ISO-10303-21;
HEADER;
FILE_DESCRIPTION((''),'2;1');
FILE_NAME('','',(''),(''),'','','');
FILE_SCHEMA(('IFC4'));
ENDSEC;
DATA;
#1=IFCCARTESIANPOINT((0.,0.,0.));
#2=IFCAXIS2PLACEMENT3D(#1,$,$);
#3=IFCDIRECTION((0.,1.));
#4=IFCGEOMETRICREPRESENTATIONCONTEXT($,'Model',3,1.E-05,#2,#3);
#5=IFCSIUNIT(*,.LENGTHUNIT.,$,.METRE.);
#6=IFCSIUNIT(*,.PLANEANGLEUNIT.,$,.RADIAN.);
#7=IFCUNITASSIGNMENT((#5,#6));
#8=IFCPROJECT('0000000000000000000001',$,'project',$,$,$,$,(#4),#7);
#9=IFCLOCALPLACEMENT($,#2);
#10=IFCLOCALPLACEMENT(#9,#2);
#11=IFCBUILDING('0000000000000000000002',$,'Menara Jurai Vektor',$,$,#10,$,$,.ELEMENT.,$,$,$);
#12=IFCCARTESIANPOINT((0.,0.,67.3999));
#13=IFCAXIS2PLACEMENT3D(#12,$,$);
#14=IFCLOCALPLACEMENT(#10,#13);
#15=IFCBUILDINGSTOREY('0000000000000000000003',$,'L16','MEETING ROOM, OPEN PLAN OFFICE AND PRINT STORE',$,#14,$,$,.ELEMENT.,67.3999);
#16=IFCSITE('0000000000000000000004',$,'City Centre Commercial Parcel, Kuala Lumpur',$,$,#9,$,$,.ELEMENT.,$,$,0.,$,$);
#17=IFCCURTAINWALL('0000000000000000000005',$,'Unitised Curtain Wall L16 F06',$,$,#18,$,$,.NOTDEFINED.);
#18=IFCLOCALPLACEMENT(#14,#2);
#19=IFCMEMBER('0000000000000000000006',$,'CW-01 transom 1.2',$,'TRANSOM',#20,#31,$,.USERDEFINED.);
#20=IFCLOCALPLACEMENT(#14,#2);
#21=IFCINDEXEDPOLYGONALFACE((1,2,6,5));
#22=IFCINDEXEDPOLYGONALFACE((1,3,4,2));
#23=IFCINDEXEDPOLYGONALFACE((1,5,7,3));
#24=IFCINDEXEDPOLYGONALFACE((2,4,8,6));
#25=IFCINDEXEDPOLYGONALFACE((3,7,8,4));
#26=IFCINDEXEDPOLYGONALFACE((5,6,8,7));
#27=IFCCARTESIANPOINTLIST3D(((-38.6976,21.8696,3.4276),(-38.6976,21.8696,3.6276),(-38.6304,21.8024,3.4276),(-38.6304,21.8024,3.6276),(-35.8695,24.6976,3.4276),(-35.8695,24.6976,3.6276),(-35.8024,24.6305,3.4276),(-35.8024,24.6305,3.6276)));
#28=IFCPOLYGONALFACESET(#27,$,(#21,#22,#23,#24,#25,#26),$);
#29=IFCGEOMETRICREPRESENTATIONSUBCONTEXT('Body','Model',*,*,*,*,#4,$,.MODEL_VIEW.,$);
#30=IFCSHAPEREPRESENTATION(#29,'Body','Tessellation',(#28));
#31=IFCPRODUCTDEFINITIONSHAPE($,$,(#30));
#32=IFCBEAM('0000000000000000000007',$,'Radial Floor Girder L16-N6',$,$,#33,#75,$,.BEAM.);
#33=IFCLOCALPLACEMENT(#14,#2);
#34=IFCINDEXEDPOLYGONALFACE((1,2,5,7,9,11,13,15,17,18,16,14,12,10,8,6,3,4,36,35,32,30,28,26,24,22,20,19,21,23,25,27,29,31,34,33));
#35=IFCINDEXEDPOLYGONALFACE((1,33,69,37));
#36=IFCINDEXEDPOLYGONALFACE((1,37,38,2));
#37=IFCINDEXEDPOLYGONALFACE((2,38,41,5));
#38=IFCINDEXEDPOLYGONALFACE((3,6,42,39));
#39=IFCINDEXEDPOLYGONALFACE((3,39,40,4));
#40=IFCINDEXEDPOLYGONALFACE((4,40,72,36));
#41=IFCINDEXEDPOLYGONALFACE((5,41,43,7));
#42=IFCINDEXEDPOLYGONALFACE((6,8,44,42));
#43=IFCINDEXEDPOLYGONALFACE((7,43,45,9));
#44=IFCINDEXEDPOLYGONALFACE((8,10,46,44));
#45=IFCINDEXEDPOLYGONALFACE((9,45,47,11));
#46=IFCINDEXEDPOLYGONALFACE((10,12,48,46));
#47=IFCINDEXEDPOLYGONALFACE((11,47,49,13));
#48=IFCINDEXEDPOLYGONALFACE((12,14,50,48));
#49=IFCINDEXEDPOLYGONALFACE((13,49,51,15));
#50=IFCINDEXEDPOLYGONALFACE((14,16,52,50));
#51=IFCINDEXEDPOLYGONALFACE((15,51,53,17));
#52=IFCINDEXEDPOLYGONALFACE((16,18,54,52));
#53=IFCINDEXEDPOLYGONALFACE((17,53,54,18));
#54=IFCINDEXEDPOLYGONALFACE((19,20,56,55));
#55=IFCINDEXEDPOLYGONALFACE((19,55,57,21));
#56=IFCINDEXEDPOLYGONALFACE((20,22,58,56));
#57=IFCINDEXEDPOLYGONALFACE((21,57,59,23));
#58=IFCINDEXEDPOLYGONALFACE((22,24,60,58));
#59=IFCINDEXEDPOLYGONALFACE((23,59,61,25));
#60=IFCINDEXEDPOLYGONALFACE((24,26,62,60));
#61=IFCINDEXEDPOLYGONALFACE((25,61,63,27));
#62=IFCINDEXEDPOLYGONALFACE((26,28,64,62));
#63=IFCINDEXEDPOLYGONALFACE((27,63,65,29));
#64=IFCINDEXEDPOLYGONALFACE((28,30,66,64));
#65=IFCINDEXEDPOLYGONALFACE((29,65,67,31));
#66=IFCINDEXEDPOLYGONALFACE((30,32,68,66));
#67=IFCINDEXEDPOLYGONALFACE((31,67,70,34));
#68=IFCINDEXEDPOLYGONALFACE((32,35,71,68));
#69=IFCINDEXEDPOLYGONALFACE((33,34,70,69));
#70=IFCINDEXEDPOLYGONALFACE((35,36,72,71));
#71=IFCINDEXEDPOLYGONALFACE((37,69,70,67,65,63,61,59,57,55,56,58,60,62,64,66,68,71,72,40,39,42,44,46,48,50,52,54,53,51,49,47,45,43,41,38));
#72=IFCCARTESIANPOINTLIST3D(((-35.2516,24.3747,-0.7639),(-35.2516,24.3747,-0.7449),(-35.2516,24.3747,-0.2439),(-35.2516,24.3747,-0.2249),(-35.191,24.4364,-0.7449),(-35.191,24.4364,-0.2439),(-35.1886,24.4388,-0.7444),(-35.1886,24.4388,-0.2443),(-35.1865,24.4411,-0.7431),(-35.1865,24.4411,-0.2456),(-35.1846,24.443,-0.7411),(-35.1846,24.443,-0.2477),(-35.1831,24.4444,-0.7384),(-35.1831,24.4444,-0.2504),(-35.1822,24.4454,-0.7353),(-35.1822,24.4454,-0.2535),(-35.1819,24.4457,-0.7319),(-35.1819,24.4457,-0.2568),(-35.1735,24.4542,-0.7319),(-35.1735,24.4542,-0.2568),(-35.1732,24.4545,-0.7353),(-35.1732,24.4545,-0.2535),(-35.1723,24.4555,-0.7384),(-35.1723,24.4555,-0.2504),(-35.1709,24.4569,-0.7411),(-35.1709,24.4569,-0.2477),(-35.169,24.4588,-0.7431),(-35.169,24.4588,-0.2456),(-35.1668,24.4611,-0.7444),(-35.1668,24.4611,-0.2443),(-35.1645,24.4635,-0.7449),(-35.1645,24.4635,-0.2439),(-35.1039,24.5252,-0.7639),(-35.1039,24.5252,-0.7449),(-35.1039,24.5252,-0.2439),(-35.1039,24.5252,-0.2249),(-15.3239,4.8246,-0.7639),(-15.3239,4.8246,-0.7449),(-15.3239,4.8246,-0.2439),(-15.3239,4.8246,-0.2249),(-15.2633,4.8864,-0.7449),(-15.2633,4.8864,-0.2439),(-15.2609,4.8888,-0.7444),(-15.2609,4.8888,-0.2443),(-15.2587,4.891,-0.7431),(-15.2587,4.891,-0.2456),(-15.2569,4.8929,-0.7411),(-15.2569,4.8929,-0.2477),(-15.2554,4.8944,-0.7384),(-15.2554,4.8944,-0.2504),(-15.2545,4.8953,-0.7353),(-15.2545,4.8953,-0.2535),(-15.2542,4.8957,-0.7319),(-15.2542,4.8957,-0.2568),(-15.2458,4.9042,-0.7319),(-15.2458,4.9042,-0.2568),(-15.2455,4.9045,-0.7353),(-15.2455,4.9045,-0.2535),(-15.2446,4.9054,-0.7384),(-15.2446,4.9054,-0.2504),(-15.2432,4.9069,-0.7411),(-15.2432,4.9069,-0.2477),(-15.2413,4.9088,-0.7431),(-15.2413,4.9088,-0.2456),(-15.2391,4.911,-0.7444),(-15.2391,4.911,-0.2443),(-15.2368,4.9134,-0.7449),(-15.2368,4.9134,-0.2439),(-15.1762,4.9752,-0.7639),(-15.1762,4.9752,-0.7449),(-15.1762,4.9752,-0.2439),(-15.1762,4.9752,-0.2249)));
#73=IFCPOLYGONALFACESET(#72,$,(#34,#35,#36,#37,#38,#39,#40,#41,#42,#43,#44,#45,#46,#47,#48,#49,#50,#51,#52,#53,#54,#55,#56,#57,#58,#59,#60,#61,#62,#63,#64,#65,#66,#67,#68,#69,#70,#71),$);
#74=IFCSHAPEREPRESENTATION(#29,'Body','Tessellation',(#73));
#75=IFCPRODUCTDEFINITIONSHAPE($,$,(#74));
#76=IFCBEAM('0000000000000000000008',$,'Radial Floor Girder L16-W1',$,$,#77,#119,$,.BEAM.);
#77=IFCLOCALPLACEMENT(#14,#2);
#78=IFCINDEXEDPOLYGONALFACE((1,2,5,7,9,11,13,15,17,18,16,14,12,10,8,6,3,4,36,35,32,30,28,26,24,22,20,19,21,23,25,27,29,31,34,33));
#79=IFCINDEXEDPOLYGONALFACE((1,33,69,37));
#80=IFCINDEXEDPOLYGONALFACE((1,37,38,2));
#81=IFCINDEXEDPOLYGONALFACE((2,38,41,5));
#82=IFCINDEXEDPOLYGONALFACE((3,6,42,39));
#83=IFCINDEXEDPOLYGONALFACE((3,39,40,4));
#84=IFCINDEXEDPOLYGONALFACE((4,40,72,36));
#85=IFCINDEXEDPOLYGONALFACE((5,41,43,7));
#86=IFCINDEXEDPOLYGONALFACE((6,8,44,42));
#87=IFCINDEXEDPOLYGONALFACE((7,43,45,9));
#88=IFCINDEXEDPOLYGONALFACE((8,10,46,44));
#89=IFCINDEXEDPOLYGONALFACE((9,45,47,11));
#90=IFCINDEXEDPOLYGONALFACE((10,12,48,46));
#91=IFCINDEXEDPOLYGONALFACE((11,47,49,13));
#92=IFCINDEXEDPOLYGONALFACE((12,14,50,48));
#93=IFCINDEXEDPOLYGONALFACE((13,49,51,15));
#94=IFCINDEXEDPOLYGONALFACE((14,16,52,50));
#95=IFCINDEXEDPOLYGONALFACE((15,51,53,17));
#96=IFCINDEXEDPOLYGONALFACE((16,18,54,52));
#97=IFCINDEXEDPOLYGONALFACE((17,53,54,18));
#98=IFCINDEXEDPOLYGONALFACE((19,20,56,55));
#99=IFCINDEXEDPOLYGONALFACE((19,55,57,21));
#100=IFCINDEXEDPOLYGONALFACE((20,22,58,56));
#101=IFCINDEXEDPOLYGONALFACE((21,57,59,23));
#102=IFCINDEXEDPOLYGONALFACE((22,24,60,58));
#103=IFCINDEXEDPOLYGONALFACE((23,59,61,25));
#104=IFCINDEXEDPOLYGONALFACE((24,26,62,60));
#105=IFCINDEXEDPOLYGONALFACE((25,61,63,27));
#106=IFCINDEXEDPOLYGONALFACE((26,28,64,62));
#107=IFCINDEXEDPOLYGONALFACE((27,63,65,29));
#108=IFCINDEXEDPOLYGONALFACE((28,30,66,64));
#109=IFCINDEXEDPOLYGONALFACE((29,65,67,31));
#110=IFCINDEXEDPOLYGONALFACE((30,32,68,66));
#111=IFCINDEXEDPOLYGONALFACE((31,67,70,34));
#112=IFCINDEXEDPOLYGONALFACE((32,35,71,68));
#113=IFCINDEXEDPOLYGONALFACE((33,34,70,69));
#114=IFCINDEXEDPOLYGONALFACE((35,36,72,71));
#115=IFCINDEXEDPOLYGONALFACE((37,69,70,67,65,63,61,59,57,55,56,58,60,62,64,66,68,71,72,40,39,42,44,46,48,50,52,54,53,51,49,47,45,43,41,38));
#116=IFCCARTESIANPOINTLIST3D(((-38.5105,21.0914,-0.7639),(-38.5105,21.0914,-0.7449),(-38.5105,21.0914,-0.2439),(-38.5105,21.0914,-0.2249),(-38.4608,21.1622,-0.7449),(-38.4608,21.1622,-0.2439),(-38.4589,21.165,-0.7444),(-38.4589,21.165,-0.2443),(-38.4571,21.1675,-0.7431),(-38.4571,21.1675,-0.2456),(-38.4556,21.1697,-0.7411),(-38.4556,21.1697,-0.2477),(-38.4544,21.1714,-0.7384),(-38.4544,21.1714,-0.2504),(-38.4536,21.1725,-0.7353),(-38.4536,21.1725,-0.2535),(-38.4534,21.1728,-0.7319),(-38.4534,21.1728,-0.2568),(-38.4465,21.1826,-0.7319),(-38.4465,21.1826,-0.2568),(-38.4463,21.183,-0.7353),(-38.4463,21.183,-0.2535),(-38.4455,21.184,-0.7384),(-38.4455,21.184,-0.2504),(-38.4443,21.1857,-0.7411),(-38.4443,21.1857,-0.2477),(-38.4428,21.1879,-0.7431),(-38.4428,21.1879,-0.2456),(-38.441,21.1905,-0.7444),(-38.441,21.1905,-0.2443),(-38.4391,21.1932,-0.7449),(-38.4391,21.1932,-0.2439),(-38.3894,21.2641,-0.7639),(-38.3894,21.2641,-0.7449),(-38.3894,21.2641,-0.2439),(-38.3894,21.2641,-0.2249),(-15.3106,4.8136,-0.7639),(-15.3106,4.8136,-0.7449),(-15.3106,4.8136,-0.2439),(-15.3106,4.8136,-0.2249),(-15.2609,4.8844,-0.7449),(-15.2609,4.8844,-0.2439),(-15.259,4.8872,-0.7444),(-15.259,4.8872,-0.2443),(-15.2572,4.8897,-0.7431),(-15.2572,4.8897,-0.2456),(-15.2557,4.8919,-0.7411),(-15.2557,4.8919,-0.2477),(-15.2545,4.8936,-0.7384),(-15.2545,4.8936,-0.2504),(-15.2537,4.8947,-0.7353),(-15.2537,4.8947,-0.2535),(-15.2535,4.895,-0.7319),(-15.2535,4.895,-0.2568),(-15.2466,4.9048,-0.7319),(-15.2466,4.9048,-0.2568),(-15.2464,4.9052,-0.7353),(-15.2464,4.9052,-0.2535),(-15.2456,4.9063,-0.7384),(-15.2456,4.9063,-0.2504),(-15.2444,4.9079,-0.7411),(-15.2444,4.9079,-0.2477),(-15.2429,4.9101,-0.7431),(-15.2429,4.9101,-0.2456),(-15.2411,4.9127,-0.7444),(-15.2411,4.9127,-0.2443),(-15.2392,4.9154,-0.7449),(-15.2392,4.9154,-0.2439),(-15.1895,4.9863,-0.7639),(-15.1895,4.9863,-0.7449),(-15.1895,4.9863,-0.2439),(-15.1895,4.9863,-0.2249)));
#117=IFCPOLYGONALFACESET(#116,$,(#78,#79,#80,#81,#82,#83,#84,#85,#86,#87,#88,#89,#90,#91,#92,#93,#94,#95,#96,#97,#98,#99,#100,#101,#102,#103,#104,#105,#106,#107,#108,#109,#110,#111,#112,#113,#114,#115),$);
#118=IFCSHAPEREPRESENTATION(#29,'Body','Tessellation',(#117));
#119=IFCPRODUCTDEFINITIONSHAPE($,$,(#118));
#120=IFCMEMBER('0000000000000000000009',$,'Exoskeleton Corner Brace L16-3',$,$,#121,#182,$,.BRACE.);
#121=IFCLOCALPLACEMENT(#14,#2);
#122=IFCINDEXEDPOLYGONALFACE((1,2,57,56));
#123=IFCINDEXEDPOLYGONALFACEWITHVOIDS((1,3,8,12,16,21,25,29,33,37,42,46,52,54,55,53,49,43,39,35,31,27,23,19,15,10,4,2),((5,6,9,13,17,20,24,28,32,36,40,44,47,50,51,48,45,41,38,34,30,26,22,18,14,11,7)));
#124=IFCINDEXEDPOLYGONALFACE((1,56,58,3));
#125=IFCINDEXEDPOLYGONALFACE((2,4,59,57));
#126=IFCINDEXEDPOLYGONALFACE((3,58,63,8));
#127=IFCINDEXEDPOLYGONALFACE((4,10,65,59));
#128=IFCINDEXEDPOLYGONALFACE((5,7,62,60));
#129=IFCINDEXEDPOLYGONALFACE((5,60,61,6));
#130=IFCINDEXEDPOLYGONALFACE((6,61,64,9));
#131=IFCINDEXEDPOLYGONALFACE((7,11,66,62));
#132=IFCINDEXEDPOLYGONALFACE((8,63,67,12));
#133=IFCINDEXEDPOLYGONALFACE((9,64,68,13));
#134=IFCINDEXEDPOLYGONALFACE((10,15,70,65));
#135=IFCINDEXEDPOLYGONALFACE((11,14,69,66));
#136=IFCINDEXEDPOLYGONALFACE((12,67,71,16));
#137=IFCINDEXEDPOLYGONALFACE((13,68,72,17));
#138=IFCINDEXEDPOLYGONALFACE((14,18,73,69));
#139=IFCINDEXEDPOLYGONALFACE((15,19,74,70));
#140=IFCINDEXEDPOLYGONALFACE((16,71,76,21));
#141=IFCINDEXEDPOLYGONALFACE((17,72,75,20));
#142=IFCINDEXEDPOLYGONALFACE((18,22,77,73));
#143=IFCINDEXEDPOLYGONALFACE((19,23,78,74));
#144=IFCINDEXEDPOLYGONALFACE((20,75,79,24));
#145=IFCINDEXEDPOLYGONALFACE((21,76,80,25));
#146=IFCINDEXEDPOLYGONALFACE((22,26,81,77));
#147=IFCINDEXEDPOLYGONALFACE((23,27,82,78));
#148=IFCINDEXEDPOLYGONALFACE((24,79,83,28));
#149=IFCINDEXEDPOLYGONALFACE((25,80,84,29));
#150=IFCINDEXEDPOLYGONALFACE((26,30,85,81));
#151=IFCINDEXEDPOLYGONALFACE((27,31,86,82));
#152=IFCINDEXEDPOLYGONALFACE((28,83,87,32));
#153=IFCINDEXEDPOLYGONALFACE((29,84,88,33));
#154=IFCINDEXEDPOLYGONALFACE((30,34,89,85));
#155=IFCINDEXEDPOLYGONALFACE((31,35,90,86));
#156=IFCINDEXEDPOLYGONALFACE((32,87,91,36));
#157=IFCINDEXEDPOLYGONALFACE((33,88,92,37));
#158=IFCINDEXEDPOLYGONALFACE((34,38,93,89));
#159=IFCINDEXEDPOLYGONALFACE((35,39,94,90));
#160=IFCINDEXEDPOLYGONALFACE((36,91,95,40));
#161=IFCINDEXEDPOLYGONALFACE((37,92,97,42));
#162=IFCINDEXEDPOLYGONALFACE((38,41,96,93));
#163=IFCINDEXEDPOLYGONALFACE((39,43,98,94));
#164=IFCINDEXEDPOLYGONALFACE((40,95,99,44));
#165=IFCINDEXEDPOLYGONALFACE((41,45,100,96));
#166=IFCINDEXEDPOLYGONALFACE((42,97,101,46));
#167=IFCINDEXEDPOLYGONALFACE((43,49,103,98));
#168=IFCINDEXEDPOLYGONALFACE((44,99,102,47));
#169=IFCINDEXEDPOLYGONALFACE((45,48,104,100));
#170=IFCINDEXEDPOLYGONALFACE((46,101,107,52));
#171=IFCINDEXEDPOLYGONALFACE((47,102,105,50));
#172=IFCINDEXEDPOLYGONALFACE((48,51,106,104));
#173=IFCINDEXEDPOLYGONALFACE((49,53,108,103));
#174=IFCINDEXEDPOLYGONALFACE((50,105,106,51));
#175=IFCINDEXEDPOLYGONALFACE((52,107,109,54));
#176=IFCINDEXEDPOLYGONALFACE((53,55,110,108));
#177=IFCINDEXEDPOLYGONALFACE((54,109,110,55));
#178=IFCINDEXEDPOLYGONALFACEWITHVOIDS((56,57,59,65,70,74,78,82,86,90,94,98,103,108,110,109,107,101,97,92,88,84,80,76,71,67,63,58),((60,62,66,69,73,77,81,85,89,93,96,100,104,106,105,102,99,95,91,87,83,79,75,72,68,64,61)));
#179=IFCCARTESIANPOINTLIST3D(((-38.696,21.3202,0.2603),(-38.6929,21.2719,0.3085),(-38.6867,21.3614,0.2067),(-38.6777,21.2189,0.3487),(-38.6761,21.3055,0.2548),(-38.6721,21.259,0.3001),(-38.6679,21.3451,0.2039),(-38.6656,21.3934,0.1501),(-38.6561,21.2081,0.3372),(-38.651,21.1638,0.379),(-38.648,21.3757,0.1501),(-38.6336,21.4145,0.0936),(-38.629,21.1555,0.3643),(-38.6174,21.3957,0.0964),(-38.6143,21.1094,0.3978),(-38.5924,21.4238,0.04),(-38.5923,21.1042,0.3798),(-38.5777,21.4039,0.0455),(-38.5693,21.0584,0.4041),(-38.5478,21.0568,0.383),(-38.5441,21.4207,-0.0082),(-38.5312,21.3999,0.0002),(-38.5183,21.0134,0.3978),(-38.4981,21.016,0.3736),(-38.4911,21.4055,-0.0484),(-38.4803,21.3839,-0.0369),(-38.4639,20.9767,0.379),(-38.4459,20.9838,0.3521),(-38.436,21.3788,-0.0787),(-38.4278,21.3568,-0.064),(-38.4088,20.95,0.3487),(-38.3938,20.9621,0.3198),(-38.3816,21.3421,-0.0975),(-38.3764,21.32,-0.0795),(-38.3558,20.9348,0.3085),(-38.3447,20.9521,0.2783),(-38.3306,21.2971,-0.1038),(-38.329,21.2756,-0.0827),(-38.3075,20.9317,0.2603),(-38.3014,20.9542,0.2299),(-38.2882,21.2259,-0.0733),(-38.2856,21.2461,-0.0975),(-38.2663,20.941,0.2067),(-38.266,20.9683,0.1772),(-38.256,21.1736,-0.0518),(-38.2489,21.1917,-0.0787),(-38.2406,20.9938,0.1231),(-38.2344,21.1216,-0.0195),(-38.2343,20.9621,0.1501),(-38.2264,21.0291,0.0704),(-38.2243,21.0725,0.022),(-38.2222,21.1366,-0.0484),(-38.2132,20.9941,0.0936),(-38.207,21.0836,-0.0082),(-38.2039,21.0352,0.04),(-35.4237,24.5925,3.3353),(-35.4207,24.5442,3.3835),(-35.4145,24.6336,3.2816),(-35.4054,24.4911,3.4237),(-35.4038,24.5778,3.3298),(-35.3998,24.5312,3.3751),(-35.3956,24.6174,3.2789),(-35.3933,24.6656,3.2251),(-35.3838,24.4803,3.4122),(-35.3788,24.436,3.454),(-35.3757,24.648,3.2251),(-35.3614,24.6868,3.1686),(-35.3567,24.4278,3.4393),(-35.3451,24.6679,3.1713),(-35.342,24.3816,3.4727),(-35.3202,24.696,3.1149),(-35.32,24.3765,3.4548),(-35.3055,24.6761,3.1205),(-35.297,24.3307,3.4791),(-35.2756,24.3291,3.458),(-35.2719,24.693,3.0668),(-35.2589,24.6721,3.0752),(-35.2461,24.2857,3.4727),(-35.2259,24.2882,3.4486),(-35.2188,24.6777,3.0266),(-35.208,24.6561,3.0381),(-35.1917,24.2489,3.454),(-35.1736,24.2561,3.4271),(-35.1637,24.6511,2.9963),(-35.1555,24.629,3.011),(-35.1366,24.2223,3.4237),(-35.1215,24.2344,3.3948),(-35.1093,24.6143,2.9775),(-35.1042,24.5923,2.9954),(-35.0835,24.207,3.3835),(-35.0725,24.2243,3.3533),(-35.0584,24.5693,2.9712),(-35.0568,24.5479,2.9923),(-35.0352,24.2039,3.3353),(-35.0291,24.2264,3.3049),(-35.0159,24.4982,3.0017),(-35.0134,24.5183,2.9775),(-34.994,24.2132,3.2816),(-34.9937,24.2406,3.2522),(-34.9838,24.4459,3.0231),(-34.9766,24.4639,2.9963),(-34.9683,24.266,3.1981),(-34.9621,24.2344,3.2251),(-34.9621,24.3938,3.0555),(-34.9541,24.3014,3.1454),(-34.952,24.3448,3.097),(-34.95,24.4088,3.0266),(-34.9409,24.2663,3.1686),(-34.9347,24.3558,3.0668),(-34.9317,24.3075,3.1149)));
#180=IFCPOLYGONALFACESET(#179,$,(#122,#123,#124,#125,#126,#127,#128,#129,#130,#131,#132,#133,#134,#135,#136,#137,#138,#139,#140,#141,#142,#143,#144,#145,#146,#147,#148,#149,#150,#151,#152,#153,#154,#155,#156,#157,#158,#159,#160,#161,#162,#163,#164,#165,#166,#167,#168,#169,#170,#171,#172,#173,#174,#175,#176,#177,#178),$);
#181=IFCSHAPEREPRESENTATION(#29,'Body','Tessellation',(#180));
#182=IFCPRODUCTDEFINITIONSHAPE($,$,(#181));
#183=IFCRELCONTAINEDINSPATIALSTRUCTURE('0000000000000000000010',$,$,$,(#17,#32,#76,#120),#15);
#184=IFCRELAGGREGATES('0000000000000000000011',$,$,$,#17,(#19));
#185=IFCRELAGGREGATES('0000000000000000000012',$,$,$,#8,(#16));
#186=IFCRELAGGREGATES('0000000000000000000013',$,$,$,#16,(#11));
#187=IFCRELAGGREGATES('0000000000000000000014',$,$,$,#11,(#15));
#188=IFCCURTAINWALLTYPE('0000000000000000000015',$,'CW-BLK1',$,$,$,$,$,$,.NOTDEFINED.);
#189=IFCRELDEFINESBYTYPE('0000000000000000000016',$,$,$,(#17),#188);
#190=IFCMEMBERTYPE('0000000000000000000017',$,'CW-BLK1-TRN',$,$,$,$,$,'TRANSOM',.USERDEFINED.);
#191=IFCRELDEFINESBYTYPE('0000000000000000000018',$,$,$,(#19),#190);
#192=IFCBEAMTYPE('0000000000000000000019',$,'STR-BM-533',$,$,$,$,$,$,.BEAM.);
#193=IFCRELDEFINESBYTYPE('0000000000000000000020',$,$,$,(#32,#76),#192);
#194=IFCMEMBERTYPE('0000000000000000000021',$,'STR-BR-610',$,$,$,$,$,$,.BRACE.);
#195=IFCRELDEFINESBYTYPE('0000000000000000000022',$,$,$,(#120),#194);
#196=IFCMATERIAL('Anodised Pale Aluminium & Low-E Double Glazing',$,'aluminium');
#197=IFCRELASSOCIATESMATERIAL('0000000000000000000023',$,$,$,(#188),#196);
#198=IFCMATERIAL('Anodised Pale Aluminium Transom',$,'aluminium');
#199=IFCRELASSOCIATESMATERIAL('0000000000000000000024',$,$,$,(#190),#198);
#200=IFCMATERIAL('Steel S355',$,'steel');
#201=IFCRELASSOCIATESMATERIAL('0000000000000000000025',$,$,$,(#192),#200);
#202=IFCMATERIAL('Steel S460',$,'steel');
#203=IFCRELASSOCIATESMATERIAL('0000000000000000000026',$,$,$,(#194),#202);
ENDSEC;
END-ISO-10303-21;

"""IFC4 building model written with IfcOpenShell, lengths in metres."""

from ifc_helpers import new_model, si_unit, direction, frame, origin, origin_2d, place, context, subcontext, project, spatial, rectangle, hollow_circle, i_section, extrude, material, material_profile, profile_set, type_object, element, aggregate, save


model = new_model("IFC4")

# Units and contexts
model_context = context("Model", 3, precision=1e-05, world=origin(), true_north=direction((0.0, 1.0)))
body_context = subcontext(model_context, "Body", "Model", "MODEL_VIEW")
ifc_project = project(units=[si_unit("LENGTHUNIT", "METRE"), si_unit("PLANEANGLEUNIT", "RADIAN")], contexts=[model_context])

# Site, building, storey
site_placement = place(None, origin())
site = spatial("IfcSite", under=ifc_project, at=site_placement, Name="City Centre Commercial Parcel, Kuala Lumpur", CompositionType="ELEMENT", RefElevation=0.0)
building_placement = place(site_placement, origin())
building = spatial("IfcBuilding", under=site, at=building_placement, Name="Menara Jurai Vektor", CompositionType="ELEMENT")
storey_placement = place(building_placement, frame((0.0, 0.0, 67.3999)))
storey = spatial("IfcBuildingStorey", under=building, at=storey_placement, Name="L16", Description="MEETING ROOM, OPEN PLAN OFFICE AND PRINT STORE", CompositionType="ELEMENT", Elevation=67.3999)

# Shared definitions
ifc_material_1 = material(Name="Steel S460", Category="steel")

# Curtain wall
ifc_material_2 = material(Name="Anodised Pale Aluminium & Low-E Double Glazing", Category="aluminium")
curtain_wall_type = type_object("IfcCurtainWallType", Name="CW-BLK1", PredefinedType="NOTDEFINED", material=ifc_material_2)
curtain_wall_1_placement = place(storey_placement, origin())
curtain_wall_1 = element("IfcCurtainWall", 1, at=curtain_wall_1_placement, inside=storey, type_object=curtain_wall_type, Name="Unitised Curtain Wall L16 F06", PredefinedType="NOTDEFINED")

# Member
ifc_material_3 = material(Name="Anodised Pale Aluminium Transom", Category="aluminium")
ifc_material_profile_1 = material_profile(ifc_material_3, rectangle(XDim=0.095, YDim=0.2, at=origin_2d()), Name="ALU TRN 95x200")
ifc_profile_set_1 = profile_set([ifc_material_profile_1], Name="Anodised Pale Aluminium Transom")
member_type_1 = type_object("IfcMemberType", Name="CW-BLK1-TRN", ElementType="TRANSOM", PredefinedType="USERDEFINED", material=ifc_profile_set_1)
member_1_placement = place(storey_placement, frame((-35.8359, 24.6641, 3.5276), z_axis=(-0.707107, -0.707107, 0.0), x_axis=(0.707107, -0.707107, 0.0)))
member_1 = element("IfcMember", 2, at=member_1_placement, type_object=member_type_1, Name="CW-01 transom 1.2", ObjectType="TRANSOM", PredefinedType="USERDEFINED", context=body_context, shape_type="SweptSolid", body=[
    extrude(rectangle(XDim=0.095, YDim=0.2, at=origin_2d()), origin(), (0.0, 0.0, 1.0), 3.9995),
])

# Beams
ifc_material_4 = material(Name="Steel S355", Category="steel")
ifc_material_profile_2 = material_profile(ifc_material_4, i_section(OverallWidth=0.2109, OverallDepth=0.5391, WebThickness=0.012, FlangeThickness=0.019, FilletRadius=0.0129, at=origin_2d()), Name="UKB 533x210x109")
ifc_profile_set_2 = profile_set([ifc_material_profile_2], Name="Steel S355")
beam_type_1 = type_object("IfcBeamType", Name="STR-BM-533", PredefinedType="BEAM", material=ifc_profile_set_2)
beam_1_placement = place(storey_placement, frame((-35.1777, 24.45, -0.4944), z_axis=(0.713839, -0.70031, 0.0), x_axis=(0.70031, 0.713839, 0.0)))
element("IfcBeam", 3, at=beam_1_placement, inside=storey, type_object=beam_type_1, Name="Radial Floor Girder L16-N6", PredefinedType="BEAM", context=body_context, shape_type="SweptSolid", body=[
    extrude(i_section(OverallWidth=0.2109, OverallDepth=0.5391, WebThickness=0.012, FlangeThickness=0.019, FilletRadius=0.0129, at=origin_2d()), origin(), (0.0, 0.0, 1.0), 27.9163),
])
beam_2_placement = place(storey_placement, frame((-38.45, 21.1777, -0.4944), z_axis=(0.818604, -0.574359, 0.0), x_axis=(0.574359, 0.818604, 0.0)))
element("IfcBeam", 4, at=beam_2_placement, inside=storey, type_object=beam_type_1, Name="Radial Floor Girder L16-W1", PredefinedType="BEAM", context=body_context, shape_type="SweptSolid", body=[
    extrude(i_section(OverallWidth=0.2109, OverallDepth=0.5391, WebThickness=0.012, FlangeThickness=0.019, FilletRadius=0.0129, at=origin_2d()), origin(), (0.0, 0.0, 1.0), 28.3408),
])

# Member
ifc_material_profile_3 = material_profile(ifc_material_1, hollow_circle(Radius=0.3049, WallThickness=0.0249, at=origin_2d()), Name="CHS 610x25")
ifc_profile_set_3 = profile_set([ifc_material_profile_3], Name="Steel S460")
member_type_2 = type_object("IfcMemberType", Name="STR-BR-610", PredefinedType="BRACE", material=ifc_profile_set_3)
member_2_placement = place(storey_placement, frame((-38.45, 21.1777, 0.1501), z_axis=(0.588942, 0.588942, 0.553438), x_axis=(-0.707107, 0.707107, 0.0)))
element("IfcMember", 5, at=member_2_placement, inside=storey, type_object=member_type_2, Name="Exoskeleton Corner Brace L16-3", PredefinedType="BRACE", context=body_context, shape_type="SweptSolid", body=[
    extrude(hollow_circle(Radius=0.3049, WallThickness=0.0249, at=origin_2d()), origin(), (0.0, 0.0, 1.0), 5.5562),
])

aggregate(curtain_wall_1, [member_1])

save(model, "model.ifc")
